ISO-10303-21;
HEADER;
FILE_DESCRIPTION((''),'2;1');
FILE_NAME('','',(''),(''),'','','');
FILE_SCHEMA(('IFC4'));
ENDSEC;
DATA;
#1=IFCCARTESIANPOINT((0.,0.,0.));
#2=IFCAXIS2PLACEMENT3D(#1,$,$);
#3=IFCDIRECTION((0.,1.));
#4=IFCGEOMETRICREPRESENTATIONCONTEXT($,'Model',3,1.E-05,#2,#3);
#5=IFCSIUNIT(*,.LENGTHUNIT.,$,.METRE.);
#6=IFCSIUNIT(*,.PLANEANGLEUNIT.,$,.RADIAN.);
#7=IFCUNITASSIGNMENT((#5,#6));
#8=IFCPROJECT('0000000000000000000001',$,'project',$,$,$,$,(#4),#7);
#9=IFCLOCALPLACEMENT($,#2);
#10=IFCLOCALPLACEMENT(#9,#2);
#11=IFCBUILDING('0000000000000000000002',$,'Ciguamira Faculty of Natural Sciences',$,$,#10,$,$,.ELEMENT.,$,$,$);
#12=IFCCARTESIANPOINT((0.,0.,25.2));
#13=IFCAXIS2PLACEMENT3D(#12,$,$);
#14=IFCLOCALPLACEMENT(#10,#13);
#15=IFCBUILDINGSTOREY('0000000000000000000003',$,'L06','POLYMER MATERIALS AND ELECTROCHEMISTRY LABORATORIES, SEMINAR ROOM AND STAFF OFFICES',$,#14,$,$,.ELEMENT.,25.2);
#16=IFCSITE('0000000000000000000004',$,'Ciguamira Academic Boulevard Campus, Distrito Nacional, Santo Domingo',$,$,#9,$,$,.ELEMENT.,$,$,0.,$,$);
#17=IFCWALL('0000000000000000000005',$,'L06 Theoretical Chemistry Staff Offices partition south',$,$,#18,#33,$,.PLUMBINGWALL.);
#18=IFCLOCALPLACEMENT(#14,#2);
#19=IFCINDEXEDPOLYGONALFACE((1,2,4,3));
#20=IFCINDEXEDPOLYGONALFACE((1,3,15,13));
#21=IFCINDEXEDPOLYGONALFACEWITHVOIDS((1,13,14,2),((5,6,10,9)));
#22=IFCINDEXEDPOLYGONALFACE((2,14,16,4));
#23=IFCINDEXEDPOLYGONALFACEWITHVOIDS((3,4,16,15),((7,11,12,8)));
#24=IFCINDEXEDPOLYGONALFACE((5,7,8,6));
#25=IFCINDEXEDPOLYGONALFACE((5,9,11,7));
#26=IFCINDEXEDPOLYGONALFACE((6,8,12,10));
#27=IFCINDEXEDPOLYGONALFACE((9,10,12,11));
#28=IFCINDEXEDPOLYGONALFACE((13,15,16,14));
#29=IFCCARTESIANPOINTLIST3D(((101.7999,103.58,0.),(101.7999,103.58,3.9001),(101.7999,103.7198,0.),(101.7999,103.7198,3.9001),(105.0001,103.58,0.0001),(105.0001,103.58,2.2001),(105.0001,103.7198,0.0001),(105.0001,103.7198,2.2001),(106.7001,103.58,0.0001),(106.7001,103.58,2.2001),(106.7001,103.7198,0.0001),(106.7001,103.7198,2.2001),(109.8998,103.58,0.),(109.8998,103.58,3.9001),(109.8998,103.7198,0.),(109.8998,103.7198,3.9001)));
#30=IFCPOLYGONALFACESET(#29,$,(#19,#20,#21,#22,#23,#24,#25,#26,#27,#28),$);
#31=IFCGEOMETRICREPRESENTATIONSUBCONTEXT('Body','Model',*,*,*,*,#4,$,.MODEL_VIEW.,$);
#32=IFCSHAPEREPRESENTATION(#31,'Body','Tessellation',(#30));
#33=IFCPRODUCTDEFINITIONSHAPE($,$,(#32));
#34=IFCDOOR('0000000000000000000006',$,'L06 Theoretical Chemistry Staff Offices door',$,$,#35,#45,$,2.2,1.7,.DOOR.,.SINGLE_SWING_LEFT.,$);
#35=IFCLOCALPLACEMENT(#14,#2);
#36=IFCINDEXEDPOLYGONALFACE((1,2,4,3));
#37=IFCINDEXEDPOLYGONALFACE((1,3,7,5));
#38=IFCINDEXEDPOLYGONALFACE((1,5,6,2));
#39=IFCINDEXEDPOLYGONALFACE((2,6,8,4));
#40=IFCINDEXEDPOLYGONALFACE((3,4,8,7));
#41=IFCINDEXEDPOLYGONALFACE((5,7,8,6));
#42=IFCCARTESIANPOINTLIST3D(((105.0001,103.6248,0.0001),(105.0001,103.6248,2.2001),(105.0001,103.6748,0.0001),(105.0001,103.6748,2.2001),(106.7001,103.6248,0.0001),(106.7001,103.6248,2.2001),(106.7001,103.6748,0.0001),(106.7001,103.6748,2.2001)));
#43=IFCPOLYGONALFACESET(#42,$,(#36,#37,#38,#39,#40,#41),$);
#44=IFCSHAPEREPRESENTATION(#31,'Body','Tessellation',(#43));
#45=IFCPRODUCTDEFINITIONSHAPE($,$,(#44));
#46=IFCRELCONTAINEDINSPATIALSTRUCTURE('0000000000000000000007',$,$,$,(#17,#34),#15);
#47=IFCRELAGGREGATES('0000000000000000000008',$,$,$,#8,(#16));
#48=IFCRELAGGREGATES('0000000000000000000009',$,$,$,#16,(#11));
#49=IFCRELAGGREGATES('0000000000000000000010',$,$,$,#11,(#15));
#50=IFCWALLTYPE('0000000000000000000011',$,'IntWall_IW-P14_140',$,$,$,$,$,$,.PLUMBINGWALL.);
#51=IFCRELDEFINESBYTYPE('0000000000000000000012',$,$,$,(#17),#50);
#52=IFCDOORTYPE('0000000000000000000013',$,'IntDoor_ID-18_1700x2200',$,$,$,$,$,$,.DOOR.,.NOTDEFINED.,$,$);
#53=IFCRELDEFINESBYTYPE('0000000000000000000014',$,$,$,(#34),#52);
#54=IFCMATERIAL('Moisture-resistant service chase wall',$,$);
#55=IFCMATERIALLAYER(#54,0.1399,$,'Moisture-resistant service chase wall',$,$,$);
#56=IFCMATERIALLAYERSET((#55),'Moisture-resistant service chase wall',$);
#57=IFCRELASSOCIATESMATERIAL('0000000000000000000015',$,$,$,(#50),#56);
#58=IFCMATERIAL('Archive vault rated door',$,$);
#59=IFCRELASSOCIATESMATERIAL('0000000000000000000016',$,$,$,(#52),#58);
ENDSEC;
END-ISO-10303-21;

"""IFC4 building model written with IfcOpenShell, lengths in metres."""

from ifc_helpers import new_model, si_unit, direction, frame, frame_2d, origin, place, context, subcontext, project, spatial, rectangle, extrude, material, layer, layer_set, type_object, element, fill, save


model = new_model("IFC4")

# Units and contexts
model_context = context("Model", 3, precision=1e-05, world=origin(), true_north=direction((0.0, 1.0)))
body_context = subcontext(model_context, "Body", "Model", "MODEL_VIEW")
ifc_project = project(units=[si_unit("LENGTHUNIT", "METRE"), si_unit("PLANEANGLEUNIT", "RADIAN")], contexts=[model_context])

# Site, building, storey
site_placement = place(None, origin())
site = spatial("IfcSite", under=ifc_project, at=site_placement, Name="Ciguamira Academic Boulevard Campus, Distrito Nacional, Santo Domingo", CompositionType="ELEMENT", RefElevation=0.0)
building_placement = place(site_placement, origin())
building = spatial("IfcBuilding", under=site, at=building_placement, Name="Ciguamira Faculty of Natural Sciences", CompositionType="ELEMENT")
storey_placement = place(building_placement, frame((0.0, 0.0, 25.2)))
storey = spatial("IfcBuildingStorey", under=building, at=storey_placement, Name="L06", Description="POLYMER MATERIALS AND ELECTROCHEMISTRY LABORATORIES, SEMINAR ROOM AND STAFF OFFICES", CompositionType="ELEMENT", Elevation=25.2)

# Wall, opening, door
ifc_material_1 = material(Name="Moisture-resistant service chase wall")
ifc_layer_1 = layer(ifc_material_1, 0.1399, Name="Moisture-resistant service chase wall")
ifc_layer_set_1 = layer_set([ifc_layer_1], Name="Moisture-resistant service chase wall")
wall_type_1 = type_object("IfcWallType", Name="IntWall_IW-P14_140", PredefinedType="PLUMBINGWALL", material=ifc_layer_set_1)
wall_1_placement = place(storey_placement, frame((101.8, 103.6499, 0.0), z_axis=(0.0, 0.0, 1.0), x_axis=(1.0, 0.0, 0.0)))
wall_1 = element("IfcWall", 1, at=wall_1_placement, inside=storey, type_object=wall_type_1, Name="L06 Theoretical Chemistry Staff Offices partition south", PredefinedType="PLUMBINGWALL", context=body_context, shape_type="SweptSolid", body=[
    extrude(rectangle(XDim=8.0999, YDim=0.1399, at=frame_2d((4.0498, 0.0))), origin(), (0.0, 0.0, 1.0), 3.9001),
])
opening_1_placement = place(wall_1_placement, frame((3.2, 0.0, 0.0)))
opening_1 = element("IfcOpeningElement", 2, at=opening_1_placement, cuts=wall_1, PredefinedType="OPENING", context=body_context, shape_type="SweptSolid", body=[
    extrude(rectangle(XDim=1.7, YDim=2.2, at=frame_2d((0.8501, 1.1001))), frame((0.0, 0.0798, 0.0), z_axis=(0.0, -1.0, 0.0), x_axis=(1.0, 0.0, 0.0)), (0.0, 0.0, 1.0), 0.1599),
])
ifc_material_2 = material(Name="Archive vault rated door")
door_type_1 = type_object("IfcDoorType", Name="IntDoor_ID-18_1700x2200", OperationType="NOTDEFINED", PredefinedType="DOOR", material=ifc_material_2)
door_1_placement = place(opening_1_placement, origin())
door_1 = element("IfcDoor", 3, at=door_1_placement, inside=storey, type_object=door_type_1, Name="L06 Theoretical Chemistry Staff Offices door", OperationType="SINGLE_SWING_LEFT", OverallHeight=2.2, OverallWidth=1.7, PredefinedType="DOOR", context=body_context, shape_type="SweptSolid", body=[
    extrude(rectangle(XDim=1.7, YDim=2.2, at=frame_2d((0.8501, 1.1001))), frame((0.0, 0.0249, 0.0), z_axis=(0.0, -1.0, 0.0), x_axis=(1.0, 0.0, 0.0)), (0.0, 0.0, 1.0), 0.05),
])
fill(opening_1, door_1)

save(model, "model.ifc")
